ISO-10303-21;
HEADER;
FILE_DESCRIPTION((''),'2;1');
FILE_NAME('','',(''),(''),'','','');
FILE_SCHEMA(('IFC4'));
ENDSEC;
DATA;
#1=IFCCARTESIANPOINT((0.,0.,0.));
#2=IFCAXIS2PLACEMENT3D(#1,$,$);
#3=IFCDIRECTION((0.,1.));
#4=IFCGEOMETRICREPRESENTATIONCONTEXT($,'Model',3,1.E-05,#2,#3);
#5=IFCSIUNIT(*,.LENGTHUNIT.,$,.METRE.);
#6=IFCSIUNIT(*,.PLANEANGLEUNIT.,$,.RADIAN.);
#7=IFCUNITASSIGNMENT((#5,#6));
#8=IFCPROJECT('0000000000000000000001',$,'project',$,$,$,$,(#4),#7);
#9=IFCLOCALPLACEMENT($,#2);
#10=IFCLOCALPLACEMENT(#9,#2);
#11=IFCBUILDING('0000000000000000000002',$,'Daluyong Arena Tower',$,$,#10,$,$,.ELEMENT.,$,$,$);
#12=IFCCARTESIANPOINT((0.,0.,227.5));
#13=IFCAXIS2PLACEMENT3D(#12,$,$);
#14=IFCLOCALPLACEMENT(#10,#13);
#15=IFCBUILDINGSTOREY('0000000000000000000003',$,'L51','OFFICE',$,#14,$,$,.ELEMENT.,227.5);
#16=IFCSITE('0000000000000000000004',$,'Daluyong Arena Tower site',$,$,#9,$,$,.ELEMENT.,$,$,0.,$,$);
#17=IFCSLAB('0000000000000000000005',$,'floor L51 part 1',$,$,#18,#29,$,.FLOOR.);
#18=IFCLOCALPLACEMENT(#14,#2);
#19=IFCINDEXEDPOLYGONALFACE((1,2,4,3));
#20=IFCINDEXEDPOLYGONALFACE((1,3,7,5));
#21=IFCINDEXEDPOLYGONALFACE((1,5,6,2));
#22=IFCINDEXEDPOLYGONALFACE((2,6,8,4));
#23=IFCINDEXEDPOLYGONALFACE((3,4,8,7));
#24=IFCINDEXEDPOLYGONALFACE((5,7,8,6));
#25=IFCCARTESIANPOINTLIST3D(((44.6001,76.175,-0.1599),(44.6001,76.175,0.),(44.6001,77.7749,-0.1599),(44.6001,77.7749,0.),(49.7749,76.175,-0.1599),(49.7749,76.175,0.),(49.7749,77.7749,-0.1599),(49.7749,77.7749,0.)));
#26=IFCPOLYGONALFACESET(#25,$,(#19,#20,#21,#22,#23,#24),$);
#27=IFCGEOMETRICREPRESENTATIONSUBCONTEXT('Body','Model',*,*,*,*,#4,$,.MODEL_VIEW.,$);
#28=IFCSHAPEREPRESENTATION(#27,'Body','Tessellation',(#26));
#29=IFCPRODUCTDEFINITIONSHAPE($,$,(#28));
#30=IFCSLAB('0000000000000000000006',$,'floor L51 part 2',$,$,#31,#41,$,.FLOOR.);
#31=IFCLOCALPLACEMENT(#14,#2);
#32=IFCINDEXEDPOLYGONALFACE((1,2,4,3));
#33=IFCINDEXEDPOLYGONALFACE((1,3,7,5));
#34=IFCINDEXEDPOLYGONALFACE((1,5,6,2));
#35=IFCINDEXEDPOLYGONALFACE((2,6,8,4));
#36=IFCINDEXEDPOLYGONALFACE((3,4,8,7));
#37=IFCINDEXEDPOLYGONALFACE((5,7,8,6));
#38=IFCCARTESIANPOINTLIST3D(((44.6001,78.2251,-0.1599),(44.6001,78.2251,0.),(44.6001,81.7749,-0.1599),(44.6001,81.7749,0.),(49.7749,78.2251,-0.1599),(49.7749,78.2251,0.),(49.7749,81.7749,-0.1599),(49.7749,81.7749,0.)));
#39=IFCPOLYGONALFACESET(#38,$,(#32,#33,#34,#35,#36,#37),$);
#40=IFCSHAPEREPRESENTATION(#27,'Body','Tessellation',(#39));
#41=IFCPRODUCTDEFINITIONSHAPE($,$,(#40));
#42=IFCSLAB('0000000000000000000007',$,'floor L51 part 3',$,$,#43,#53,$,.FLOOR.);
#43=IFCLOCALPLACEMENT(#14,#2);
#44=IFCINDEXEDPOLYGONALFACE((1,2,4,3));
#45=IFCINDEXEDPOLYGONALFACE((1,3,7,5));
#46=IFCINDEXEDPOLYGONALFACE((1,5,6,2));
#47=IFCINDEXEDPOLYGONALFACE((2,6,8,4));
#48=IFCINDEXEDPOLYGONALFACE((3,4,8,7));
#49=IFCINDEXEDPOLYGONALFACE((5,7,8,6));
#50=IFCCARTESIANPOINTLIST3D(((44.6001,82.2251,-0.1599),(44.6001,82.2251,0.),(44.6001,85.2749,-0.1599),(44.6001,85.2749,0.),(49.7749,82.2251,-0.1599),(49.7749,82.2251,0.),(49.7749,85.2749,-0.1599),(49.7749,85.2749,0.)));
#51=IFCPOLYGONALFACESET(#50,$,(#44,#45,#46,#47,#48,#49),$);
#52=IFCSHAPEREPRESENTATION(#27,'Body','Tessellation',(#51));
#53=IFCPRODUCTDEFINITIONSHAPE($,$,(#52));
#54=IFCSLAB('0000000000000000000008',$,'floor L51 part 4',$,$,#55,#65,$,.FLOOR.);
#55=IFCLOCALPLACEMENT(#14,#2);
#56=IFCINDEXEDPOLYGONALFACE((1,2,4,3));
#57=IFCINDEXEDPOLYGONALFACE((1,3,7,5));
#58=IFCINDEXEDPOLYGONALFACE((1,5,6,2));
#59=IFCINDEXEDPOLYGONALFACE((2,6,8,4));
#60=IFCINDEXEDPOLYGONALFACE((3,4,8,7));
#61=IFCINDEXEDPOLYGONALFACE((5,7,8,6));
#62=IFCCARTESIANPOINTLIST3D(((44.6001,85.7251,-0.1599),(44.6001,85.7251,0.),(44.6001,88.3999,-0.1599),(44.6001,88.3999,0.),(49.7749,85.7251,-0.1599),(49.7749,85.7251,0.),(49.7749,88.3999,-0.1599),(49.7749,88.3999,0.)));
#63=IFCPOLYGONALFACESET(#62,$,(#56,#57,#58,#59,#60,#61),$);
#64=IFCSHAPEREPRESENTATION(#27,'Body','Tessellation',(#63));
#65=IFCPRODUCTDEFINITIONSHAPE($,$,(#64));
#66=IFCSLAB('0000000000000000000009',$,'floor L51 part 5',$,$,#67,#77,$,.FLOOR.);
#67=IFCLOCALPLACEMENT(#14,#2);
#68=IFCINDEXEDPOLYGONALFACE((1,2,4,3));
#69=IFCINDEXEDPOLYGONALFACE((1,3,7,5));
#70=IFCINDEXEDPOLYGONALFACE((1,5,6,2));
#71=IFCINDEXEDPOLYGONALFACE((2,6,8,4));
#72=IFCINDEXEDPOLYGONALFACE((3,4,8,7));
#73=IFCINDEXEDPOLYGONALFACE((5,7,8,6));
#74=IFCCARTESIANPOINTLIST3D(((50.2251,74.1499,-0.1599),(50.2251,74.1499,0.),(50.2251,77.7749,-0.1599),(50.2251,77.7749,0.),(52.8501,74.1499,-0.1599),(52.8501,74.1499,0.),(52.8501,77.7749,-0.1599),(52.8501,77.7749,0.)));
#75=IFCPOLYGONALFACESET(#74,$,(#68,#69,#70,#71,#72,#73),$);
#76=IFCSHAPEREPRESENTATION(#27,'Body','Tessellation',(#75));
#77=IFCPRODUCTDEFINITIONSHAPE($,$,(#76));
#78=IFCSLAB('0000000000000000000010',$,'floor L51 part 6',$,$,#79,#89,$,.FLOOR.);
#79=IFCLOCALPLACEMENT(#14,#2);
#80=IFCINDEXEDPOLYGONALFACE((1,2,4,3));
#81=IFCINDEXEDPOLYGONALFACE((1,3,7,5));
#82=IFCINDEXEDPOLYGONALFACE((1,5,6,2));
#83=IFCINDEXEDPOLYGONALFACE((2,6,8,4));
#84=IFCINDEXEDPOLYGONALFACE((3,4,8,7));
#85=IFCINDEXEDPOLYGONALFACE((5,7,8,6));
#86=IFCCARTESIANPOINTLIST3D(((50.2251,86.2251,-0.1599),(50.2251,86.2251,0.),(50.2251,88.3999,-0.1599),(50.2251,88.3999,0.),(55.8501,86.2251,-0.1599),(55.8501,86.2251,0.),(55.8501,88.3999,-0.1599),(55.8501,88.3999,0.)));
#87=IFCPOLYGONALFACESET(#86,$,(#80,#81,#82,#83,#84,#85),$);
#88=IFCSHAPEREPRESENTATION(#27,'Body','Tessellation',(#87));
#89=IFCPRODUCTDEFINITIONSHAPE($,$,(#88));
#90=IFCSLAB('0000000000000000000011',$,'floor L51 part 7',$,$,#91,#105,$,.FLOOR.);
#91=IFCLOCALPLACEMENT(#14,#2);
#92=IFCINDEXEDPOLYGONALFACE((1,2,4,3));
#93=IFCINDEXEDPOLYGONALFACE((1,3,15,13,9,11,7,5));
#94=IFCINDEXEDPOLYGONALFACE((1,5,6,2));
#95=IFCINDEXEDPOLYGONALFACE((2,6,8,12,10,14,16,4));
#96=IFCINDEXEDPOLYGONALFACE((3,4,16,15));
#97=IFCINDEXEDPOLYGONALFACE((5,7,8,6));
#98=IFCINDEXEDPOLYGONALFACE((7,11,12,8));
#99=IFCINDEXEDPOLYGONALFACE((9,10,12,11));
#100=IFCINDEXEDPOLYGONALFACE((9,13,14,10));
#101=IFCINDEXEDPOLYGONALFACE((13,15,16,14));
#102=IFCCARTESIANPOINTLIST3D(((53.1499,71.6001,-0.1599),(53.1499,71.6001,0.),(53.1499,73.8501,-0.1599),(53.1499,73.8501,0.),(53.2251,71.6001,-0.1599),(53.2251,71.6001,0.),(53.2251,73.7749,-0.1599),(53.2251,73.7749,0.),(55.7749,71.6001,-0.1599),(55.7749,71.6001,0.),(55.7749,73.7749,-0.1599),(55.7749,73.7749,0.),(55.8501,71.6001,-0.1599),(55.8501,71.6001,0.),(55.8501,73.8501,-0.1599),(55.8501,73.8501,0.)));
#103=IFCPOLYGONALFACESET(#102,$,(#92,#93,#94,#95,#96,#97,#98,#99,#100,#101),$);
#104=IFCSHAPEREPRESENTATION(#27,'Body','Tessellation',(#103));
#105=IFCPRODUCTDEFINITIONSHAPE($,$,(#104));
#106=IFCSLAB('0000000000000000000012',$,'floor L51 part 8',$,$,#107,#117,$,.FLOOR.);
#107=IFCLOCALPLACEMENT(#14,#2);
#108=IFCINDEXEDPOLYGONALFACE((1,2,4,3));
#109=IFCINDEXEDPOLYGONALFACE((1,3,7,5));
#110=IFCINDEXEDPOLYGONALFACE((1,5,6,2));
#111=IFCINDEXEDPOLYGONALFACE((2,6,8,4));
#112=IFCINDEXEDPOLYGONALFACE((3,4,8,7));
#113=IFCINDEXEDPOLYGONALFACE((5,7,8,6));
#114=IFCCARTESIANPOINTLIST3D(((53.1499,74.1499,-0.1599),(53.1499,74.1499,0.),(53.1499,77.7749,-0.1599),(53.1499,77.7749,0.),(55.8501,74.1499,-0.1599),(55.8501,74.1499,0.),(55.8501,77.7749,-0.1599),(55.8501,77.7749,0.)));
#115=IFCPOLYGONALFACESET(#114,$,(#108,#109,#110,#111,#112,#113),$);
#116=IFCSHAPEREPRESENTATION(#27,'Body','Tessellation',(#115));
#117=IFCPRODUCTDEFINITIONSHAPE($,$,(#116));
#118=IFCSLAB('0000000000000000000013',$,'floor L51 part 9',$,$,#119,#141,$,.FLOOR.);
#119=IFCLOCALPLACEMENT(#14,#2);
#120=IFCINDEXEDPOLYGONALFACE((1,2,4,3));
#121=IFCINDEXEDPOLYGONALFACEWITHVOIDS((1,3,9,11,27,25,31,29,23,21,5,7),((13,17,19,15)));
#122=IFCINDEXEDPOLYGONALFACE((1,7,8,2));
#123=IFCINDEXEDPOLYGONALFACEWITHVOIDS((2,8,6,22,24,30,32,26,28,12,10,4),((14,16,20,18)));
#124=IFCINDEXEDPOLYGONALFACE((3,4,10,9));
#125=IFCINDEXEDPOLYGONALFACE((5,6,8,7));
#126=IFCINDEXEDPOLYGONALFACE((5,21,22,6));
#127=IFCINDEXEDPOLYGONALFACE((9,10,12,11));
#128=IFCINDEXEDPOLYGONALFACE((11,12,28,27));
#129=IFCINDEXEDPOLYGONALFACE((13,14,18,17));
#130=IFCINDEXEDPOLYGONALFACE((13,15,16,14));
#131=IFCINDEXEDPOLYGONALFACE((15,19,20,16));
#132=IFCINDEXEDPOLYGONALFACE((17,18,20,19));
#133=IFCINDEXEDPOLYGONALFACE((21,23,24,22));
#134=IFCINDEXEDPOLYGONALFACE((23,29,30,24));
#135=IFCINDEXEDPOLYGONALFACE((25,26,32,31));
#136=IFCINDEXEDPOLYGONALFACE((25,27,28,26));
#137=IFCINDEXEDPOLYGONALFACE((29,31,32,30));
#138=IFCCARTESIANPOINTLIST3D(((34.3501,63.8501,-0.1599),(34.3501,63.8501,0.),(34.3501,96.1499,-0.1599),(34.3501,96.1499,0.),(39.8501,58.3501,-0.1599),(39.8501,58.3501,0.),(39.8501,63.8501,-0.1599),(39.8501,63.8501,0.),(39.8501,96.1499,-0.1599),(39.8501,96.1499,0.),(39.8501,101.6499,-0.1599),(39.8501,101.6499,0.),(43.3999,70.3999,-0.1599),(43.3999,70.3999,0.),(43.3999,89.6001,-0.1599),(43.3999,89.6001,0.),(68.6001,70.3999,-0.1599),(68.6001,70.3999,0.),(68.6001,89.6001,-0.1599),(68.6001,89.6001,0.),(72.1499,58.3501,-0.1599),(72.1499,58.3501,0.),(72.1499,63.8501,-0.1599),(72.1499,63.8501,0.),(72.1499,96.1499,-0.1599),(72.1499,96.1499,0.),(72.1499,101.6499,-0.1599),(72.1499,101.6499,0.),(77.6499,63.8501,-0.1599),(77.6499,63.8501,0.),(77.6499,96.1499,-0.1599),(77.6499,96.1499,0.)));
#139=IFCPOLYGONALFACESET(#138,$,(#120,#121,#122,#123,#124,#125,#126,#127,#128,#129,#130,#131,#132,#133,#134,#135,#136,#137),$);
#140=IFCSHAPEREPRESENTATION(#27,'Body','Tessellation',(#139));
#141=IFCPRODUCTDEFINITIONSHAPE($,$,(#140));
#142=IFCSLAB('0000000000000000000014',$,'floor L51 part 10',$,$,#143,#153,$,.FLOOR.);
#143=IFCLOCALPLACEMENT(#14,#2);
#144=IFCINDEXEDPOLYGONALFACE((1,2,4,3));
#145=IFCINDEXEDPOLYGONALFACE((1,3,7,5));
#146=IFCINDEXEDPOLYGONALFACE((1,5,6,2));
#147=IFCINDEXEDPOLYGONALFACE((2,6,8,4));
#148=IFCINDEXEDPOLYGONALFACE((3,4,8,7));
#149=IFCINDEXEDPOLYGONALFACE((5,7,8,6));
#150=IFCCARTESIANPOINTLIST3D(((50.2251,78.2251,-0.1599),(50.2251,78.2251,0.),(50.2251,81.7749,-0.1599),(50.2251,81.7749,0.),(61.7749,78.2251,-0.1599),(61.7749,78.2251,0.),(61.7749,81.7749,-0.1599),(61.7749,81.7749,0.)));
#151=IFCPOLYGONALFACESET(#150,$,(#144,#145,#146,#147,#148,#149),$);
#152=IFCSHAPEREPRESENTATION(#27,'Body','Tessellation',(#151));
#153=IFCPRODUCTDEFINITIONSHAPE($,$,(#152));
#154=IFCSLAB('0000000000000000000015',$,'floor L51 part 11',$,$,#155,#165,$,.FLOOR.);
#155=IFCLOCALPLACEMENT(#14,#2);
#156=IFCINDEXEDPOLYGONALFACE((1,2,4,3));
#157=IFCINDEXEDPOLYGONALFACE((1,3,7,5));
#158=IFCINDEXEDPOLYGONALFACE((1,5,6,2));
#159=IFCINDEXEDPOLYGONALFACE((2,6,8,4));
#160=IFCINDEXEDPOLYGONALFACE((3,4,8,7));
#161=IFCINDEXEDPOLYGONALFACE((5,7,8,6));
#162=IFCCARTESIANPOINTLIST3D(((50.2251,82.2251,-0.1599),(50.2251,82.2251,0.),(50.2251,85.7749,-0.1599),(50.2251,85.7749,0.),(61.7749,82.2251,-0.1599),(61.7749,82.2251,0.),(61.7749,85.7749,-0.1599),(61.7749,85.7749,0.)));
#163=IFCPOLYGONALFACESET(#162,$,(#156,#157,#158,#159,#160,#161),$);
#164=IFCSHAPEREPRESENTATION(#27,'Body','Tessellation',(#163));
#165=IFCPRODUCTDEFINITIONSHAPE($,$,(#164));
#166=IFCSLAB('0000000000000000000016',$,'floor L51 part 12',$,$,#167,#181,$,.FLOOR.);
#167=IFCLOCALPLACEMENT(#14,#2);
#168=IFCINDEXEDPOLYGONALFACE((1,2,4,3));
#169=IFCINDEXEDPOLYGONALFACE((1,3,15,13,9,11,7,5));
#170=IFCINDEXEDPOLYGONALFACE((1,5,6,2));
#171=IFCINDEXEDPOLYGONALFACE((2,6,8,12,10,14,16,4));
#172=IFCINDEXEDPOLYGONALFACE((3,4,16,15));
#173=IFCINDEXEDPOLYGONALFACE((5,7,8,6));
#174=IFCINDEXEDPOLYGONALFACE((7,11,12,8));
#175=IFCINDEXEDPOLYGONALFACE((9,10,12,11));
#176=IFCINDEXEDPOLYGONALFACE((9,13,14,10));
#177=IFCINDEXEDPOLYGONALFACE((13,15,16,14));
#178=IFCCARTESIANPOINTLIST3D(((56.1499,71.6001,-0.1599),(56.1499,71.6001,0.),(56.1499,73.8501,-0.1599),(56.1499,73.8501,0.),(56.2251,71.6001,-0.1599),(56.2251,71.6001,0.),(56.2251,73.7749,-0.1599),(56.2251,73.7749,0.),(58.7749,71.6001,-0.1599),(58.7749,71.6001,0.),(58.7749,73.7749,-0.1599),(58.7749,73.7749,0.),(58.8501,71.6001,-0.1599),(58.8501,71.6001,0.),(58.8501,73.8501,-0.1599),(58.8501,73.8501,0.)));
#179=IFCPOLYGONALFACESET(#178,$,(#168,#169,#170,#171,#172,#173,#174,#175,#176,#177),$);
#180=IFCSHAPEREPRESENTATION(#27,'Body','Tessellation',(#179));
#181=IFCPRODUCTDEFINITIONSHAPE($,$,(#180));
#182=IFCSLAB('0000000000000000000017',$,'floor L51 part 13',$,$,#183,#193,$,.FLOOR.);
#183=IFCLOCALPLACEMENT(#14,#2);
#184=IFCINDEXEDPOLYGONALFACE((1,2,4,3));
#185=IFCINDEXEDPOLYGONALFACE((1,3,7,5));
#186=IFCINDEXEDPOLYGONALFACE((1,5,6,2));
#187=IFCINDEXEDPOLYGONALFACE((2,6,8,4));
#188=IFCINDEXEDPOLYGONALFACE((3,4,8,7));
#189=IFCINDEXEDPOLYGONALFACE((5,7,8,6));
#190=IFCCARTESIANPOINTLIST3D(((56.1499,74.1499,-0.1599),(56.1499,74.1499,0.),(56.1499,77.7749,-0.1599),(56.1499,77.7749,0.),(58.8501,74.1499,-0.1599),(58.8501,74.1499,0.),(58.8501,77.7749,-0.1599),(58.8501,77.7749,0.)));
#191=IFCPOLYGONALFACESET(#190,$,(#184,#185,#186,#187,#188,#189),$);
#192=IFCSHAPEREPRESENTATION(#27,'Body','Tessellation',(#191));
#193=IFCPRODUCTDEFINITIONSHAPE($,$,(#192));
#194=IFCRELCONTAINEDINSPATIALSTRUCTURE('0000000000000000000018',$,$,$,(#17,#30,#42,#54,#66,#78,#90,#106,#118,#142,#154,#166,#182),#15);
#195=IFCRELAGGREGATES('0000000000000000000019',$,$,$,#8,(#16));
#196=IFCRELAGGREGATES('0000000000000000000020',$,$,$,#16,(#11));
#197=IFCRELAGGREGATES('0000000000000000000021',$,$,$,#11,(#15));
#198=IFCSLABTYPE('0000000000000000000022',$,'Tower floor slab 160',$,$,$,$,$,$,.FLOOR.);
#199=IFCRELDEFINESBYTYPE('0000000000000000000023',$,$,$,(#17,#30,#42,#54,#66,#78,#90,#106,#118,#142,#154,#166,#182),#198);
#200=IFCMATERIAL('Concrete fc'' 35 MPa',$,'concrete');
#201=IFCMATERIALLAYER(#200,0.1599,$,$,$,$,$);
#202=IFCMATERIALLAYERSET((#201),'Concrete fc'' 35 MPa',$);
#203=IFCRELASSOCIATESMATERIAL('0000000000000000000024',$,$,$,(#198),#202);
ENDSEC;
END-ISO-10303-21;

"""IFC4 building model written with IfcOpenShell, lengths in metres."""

from ifc_helpers import new_model, si_unit, direction, frame, origin, place, context, subcontext, project, spatial, polyline, outline, extrude, material, layer, layer_set, type_object, element, save


model = new_model("IFC4")

# Units and contexts
model_context = context("Model", 3, precision=1e-05, world=origin(), true_north=direction((0.0, 1.0)))
body_context = subcontext(model_context, "Body", "Model", "MODEL_VIEW")
ifc_project = project(units=[si_unit("LENGTHUNIT", "METRE"), si_unit("PLANEANGLEUNIT", "RADIAN")], contexts=[model_context])

# Site, building, storey
site_placement = place(None, origin())
site = spatial("IfcSite", under=ifc_project, at=site_placement, Name="Daluyong Arena Tower site", CompositionType="ELEMENT", RefElevation=0.0)
building_placement = place(site_placement, origin())
building = spatial("IfcBuilding", under=site, at=building_placement, Name="Daluyong Arena Tower", CompositionType="ELEMENT")
storey_placement = place(building_placement, frame((0.0, 0.0, 227.5)))
storey = spatial("IfcBuildingStorey", under=building, at=storey_placement, Name="L51", Description="OFFICE", CompositionType="ELEMENT", Elevation=227.5)

# Slabs
ifc_material_1 = material(Name="Concrete fc' 35 MPa", Category="concrete")
ifc_layer_1 = layer(ifc_material_1, 0.1599)
ifc_layer_set_1 = layer_set([ifc_layer_1], Name="Concrete fc' 35 MPa")
slab_type = type_object("IfcSlabType", Name="Tower floor slab 160", PredefinedType="FLOOR", material=ifc_layer_set_1)
slab_1_placement = place(storey_placement, frame((0.0, 0.0, -0.1599)))
element("IfcSlab", 1, at=slab_1_placement, inside=storey, type_object=slab_type, Name="floor L51 part 1", PredefinedType="FLOOR", context=body_context, shape_type="SweptSolid", body=[
    extrude(outline(polyline([(49.7749, 77.7749), (44.6001, 77.7749), (44.6001, 76.175), (49.7749, 76.175), (49.7749, 77.7749)])), origin(), (0.0, 0.0, 1.0), 0.1599),
])
slab_2_placement = place(storey_placement, frame((0.0, 0.0, -0.1599)))
element("IfcSlab", 2, at=slab_2_placement, inside=storey, type_object=slab_type, Name="floor L51 part 2", PredefinedType="FLOOR", context=body_context, shape_type="SweptSolid", body=[
    extrude(outline(polyline([(49.7749, 78.2251), (49.7749, 81.7749), (44.6001, 81.7749), (44.6001, 78.2251), (49.7749, 78.2251)])), origin(), (0.0, 0.0, 1.0), 0.1599),
])
slab_3_placement = place(storey_placement, frame((0.0, 0.0, -0.1599)))
element("IfcSlab", 3, at=slab_3_placement, inside=storey, type_object=slab_type, Name="floor L51 part 3", PredefinedType="FLOOR", context=body_context, shape_type="SweptSolid", body=[
    extrude(outline(polyline([(44.6001, 85.2749), (44.6001, 82.2251), (49.7749, 82.2251), (49.7749, 85.2749), (44.6001, 85.2749)])), origin(), (0.0, 0.0, 1.0), 0.1599),
])
slab_4_placement = place(storey_placement, frame((0.0, 0.0, -0.1599)))
element("IfcSlab", 4, at=slab_4_placement, inside=storey, type_object=slab_type, Name="floor L51 part 4", PredefinedType="FLOOR", context=body_context, shape_type="SweptSolid", body=[
    extrude(outline(polyline([(44.6001, 88.3999), (44.6001, 85.7251), (49.7749, 85.7251), (49.7749, 88.3999), (44.6001, 88.3999)])), origin(), (0.0, 0.0, 1.0), 0.1599),
])
slab_5_placement = place(storey_placement, frame((0.0, 0.0, -0.1599)))
element("IfcSlab", 5, at=slab_5_placement, inside=storey, type_object=slab_type, Name="floor L51 part 5", PredefinedType="FLOOR", context=body_context, shape_type="SweptSolid", body=[
    extrude(outline(polyline([(52.8501, 74.1499), (52.8501, 77.7749), (50.2251, 77.7749), (50.2251, 74.1499), (52.8501, 74.1499)])), origin(), (0.0, 0.0, 1.0), 0.1599),
])
slab_6_placement = place(storey_placement, frame((0.0, 0.0, -0.1599)))
element("IfcSlab", 6, at=slab_6_placement, inside=storey, type_object=slab_type, Name="floor L51 part 6", PredefinedType="FLOOR", context=body_context, shape_type="SweptSolid", body=[
    extrude(outline(polyline([(50.2251, 88.3999), (50.2251, 86.2251), (55.8501, 86.2251), (55.8501, 88.3999), (50.2251, 88.3999)])), origin(), (0.0, 0.0, 1.0), 0.1599),
])
slab_7_placement = place(storey_placement, frame((0.0, 0.0, -0.1599)))
element("IfcSlab", 7, at=slab_7_placement, inside=storey, type_object=slab_type, Name="floor L51 part 7", PredefinedType="FLOOR", context=body_context, shape_type="SweptSolid", body=[
    extrude(outline(polyline([(53.2251, 71.6001), (53.2251, 73.7749), (55.7749, 73.7749), (55.7749, 71.6001), (55.8501, 71.6001), (55.8501, 73.8501), (53.1499, 73.8501), (53.1499, 71.6001), (53.2251, 71.6001)])), origin(), (0.0, 0.0, 1.0), 0.1599),
])
slab_8_placement = place(storey_placement, frame((0.0, 0.0, -0.1599)))
element("IfcSlab", 8, at=slab_8_placement, inside=storey, type_object=slab_type, Name="floor L51 part 8", PredefinedType="FLOOR", context=body_context, shape_type="SweptSolid", body=[
    extrude(outline(polyline([(53.1499, 74.1499), (55.8501, 74.1499), (55.8501, 77.7749), (53.1499, 77.7749), (53.1499, 74.1499)])), origin(), (0.0, 0.0, 1.0), 0.1599),
])
slab_9_placement = place(storey_placement, frame((0.0, 0.0, -0.1599)))
element("IfcSlab", 9, at=slab_9_placement, inside=storey, type_object=slab_type, Name="floor L51 part 9", PredefinedType="FLOOR", context=body_context, shape_type="SweptSolid", body=[
    extrude(outline(polyline([(39.8501, 63.8501), (39.8501, 58.3501), (72.1499, 58.3501), (72.1499, 63.8501), (77.6499, 63.8501), (77.6499, 96.1499), (72.1499, 96.1499), (72.1499, 101.6499), (39.8501, 101.6499), (39.8501, 96.1499), (34.3501, 96.1499), (34.3501, 63.8501), (39.8501, 63.8501)]), holes=[polyline([(68.6001, 89.6001), (68.6001, 70.3999), (43.3999, 70.3999), (43.3999, 89.6001), (68.6001, 89.6001)])]), origin(), (0.0, 0.0, 1.0), 0.1599),
])
slab_10_placement = place(storey_placement, frame((0.0, 0.0, -0.1599)))
element("IfcSlab", 10, at=slab_10_placement, inside=storey, type_object=slab_type, Name="floor L51 part 10", PredefinedType="FLOOR", context=body_context, shape_type="SweptSolid", body=[
    extrude(outline(polyline([(50.2251, 81.7749), (50.2251, 78.2251), (61.7749, 78.2251), (61.7749, 81.7749), (50.2251, 81.7749)])), origin(), (0.0, 0.0, 1.0), 0.1599),
])
slab_11_placement = place(storey_placement, frame((0.0, 0.0, -0.1599)))
element("IfcSlab", 11, at=slab_11_placement, inside=storey, type_object=slab_type, Name="floor L51 part 11", PredefinedType="FLOOR", context=body_context, shape_type="SweptSolid", body=[
    extrude(outline(polyline([(50.2251, 85.7749), (50.2251, 82.2251), (61.7749, 82.2251), (61.7749, 85.7749), (50.2251, 85.7749)])), origin(), (0.0, 0.0, 1.0), 0.1599),
])
slab_12_placement = place(storey_placement, frame((0.0, 0.0, -0.1599)))
element("IfcSlab", 12, at=slab_12_placement, inside=storey, type_object=slab_type, Name="floor L51 part 12", PredefinedType="FLOOR", context=body_context, shape_type="SweptSolid", body=[
    extrude(outline(polyline([(56.2251, 71.6001), (56.2251, 73.7749), (58.7749, 73.7749), (58.7749, 71.6001), (58.8501, 71.6001), (58.8501, 73.8501), (56.1499, 73.8501), (56.1499, 71.6001), (56.2251, 71.6001)])), origin(), (0.0, 0.0, 1.0), 0.1599),
])
slab_13_placement = place(storey_placement, frame((0.0, 0.0, -0.1599)))
element("IfcSlab", 13, at=slab_13_placement, inside=storey, type_object=slab_type, Name="floor L51 part 13", PredefinedType="FLOOR", context=body_context, shape_type="SweptSolid", body=[
    extrude(outline(polyline([(58.8501, 77.7749), (56.1499, 77.7749), (56.1499, 74.1499), (58.8501, 74.1499), (58.8501, 77.7749)])), origin(), (0.0, 0.0, 1.0), 0.1599),
])

save(model, "model.ifc")
